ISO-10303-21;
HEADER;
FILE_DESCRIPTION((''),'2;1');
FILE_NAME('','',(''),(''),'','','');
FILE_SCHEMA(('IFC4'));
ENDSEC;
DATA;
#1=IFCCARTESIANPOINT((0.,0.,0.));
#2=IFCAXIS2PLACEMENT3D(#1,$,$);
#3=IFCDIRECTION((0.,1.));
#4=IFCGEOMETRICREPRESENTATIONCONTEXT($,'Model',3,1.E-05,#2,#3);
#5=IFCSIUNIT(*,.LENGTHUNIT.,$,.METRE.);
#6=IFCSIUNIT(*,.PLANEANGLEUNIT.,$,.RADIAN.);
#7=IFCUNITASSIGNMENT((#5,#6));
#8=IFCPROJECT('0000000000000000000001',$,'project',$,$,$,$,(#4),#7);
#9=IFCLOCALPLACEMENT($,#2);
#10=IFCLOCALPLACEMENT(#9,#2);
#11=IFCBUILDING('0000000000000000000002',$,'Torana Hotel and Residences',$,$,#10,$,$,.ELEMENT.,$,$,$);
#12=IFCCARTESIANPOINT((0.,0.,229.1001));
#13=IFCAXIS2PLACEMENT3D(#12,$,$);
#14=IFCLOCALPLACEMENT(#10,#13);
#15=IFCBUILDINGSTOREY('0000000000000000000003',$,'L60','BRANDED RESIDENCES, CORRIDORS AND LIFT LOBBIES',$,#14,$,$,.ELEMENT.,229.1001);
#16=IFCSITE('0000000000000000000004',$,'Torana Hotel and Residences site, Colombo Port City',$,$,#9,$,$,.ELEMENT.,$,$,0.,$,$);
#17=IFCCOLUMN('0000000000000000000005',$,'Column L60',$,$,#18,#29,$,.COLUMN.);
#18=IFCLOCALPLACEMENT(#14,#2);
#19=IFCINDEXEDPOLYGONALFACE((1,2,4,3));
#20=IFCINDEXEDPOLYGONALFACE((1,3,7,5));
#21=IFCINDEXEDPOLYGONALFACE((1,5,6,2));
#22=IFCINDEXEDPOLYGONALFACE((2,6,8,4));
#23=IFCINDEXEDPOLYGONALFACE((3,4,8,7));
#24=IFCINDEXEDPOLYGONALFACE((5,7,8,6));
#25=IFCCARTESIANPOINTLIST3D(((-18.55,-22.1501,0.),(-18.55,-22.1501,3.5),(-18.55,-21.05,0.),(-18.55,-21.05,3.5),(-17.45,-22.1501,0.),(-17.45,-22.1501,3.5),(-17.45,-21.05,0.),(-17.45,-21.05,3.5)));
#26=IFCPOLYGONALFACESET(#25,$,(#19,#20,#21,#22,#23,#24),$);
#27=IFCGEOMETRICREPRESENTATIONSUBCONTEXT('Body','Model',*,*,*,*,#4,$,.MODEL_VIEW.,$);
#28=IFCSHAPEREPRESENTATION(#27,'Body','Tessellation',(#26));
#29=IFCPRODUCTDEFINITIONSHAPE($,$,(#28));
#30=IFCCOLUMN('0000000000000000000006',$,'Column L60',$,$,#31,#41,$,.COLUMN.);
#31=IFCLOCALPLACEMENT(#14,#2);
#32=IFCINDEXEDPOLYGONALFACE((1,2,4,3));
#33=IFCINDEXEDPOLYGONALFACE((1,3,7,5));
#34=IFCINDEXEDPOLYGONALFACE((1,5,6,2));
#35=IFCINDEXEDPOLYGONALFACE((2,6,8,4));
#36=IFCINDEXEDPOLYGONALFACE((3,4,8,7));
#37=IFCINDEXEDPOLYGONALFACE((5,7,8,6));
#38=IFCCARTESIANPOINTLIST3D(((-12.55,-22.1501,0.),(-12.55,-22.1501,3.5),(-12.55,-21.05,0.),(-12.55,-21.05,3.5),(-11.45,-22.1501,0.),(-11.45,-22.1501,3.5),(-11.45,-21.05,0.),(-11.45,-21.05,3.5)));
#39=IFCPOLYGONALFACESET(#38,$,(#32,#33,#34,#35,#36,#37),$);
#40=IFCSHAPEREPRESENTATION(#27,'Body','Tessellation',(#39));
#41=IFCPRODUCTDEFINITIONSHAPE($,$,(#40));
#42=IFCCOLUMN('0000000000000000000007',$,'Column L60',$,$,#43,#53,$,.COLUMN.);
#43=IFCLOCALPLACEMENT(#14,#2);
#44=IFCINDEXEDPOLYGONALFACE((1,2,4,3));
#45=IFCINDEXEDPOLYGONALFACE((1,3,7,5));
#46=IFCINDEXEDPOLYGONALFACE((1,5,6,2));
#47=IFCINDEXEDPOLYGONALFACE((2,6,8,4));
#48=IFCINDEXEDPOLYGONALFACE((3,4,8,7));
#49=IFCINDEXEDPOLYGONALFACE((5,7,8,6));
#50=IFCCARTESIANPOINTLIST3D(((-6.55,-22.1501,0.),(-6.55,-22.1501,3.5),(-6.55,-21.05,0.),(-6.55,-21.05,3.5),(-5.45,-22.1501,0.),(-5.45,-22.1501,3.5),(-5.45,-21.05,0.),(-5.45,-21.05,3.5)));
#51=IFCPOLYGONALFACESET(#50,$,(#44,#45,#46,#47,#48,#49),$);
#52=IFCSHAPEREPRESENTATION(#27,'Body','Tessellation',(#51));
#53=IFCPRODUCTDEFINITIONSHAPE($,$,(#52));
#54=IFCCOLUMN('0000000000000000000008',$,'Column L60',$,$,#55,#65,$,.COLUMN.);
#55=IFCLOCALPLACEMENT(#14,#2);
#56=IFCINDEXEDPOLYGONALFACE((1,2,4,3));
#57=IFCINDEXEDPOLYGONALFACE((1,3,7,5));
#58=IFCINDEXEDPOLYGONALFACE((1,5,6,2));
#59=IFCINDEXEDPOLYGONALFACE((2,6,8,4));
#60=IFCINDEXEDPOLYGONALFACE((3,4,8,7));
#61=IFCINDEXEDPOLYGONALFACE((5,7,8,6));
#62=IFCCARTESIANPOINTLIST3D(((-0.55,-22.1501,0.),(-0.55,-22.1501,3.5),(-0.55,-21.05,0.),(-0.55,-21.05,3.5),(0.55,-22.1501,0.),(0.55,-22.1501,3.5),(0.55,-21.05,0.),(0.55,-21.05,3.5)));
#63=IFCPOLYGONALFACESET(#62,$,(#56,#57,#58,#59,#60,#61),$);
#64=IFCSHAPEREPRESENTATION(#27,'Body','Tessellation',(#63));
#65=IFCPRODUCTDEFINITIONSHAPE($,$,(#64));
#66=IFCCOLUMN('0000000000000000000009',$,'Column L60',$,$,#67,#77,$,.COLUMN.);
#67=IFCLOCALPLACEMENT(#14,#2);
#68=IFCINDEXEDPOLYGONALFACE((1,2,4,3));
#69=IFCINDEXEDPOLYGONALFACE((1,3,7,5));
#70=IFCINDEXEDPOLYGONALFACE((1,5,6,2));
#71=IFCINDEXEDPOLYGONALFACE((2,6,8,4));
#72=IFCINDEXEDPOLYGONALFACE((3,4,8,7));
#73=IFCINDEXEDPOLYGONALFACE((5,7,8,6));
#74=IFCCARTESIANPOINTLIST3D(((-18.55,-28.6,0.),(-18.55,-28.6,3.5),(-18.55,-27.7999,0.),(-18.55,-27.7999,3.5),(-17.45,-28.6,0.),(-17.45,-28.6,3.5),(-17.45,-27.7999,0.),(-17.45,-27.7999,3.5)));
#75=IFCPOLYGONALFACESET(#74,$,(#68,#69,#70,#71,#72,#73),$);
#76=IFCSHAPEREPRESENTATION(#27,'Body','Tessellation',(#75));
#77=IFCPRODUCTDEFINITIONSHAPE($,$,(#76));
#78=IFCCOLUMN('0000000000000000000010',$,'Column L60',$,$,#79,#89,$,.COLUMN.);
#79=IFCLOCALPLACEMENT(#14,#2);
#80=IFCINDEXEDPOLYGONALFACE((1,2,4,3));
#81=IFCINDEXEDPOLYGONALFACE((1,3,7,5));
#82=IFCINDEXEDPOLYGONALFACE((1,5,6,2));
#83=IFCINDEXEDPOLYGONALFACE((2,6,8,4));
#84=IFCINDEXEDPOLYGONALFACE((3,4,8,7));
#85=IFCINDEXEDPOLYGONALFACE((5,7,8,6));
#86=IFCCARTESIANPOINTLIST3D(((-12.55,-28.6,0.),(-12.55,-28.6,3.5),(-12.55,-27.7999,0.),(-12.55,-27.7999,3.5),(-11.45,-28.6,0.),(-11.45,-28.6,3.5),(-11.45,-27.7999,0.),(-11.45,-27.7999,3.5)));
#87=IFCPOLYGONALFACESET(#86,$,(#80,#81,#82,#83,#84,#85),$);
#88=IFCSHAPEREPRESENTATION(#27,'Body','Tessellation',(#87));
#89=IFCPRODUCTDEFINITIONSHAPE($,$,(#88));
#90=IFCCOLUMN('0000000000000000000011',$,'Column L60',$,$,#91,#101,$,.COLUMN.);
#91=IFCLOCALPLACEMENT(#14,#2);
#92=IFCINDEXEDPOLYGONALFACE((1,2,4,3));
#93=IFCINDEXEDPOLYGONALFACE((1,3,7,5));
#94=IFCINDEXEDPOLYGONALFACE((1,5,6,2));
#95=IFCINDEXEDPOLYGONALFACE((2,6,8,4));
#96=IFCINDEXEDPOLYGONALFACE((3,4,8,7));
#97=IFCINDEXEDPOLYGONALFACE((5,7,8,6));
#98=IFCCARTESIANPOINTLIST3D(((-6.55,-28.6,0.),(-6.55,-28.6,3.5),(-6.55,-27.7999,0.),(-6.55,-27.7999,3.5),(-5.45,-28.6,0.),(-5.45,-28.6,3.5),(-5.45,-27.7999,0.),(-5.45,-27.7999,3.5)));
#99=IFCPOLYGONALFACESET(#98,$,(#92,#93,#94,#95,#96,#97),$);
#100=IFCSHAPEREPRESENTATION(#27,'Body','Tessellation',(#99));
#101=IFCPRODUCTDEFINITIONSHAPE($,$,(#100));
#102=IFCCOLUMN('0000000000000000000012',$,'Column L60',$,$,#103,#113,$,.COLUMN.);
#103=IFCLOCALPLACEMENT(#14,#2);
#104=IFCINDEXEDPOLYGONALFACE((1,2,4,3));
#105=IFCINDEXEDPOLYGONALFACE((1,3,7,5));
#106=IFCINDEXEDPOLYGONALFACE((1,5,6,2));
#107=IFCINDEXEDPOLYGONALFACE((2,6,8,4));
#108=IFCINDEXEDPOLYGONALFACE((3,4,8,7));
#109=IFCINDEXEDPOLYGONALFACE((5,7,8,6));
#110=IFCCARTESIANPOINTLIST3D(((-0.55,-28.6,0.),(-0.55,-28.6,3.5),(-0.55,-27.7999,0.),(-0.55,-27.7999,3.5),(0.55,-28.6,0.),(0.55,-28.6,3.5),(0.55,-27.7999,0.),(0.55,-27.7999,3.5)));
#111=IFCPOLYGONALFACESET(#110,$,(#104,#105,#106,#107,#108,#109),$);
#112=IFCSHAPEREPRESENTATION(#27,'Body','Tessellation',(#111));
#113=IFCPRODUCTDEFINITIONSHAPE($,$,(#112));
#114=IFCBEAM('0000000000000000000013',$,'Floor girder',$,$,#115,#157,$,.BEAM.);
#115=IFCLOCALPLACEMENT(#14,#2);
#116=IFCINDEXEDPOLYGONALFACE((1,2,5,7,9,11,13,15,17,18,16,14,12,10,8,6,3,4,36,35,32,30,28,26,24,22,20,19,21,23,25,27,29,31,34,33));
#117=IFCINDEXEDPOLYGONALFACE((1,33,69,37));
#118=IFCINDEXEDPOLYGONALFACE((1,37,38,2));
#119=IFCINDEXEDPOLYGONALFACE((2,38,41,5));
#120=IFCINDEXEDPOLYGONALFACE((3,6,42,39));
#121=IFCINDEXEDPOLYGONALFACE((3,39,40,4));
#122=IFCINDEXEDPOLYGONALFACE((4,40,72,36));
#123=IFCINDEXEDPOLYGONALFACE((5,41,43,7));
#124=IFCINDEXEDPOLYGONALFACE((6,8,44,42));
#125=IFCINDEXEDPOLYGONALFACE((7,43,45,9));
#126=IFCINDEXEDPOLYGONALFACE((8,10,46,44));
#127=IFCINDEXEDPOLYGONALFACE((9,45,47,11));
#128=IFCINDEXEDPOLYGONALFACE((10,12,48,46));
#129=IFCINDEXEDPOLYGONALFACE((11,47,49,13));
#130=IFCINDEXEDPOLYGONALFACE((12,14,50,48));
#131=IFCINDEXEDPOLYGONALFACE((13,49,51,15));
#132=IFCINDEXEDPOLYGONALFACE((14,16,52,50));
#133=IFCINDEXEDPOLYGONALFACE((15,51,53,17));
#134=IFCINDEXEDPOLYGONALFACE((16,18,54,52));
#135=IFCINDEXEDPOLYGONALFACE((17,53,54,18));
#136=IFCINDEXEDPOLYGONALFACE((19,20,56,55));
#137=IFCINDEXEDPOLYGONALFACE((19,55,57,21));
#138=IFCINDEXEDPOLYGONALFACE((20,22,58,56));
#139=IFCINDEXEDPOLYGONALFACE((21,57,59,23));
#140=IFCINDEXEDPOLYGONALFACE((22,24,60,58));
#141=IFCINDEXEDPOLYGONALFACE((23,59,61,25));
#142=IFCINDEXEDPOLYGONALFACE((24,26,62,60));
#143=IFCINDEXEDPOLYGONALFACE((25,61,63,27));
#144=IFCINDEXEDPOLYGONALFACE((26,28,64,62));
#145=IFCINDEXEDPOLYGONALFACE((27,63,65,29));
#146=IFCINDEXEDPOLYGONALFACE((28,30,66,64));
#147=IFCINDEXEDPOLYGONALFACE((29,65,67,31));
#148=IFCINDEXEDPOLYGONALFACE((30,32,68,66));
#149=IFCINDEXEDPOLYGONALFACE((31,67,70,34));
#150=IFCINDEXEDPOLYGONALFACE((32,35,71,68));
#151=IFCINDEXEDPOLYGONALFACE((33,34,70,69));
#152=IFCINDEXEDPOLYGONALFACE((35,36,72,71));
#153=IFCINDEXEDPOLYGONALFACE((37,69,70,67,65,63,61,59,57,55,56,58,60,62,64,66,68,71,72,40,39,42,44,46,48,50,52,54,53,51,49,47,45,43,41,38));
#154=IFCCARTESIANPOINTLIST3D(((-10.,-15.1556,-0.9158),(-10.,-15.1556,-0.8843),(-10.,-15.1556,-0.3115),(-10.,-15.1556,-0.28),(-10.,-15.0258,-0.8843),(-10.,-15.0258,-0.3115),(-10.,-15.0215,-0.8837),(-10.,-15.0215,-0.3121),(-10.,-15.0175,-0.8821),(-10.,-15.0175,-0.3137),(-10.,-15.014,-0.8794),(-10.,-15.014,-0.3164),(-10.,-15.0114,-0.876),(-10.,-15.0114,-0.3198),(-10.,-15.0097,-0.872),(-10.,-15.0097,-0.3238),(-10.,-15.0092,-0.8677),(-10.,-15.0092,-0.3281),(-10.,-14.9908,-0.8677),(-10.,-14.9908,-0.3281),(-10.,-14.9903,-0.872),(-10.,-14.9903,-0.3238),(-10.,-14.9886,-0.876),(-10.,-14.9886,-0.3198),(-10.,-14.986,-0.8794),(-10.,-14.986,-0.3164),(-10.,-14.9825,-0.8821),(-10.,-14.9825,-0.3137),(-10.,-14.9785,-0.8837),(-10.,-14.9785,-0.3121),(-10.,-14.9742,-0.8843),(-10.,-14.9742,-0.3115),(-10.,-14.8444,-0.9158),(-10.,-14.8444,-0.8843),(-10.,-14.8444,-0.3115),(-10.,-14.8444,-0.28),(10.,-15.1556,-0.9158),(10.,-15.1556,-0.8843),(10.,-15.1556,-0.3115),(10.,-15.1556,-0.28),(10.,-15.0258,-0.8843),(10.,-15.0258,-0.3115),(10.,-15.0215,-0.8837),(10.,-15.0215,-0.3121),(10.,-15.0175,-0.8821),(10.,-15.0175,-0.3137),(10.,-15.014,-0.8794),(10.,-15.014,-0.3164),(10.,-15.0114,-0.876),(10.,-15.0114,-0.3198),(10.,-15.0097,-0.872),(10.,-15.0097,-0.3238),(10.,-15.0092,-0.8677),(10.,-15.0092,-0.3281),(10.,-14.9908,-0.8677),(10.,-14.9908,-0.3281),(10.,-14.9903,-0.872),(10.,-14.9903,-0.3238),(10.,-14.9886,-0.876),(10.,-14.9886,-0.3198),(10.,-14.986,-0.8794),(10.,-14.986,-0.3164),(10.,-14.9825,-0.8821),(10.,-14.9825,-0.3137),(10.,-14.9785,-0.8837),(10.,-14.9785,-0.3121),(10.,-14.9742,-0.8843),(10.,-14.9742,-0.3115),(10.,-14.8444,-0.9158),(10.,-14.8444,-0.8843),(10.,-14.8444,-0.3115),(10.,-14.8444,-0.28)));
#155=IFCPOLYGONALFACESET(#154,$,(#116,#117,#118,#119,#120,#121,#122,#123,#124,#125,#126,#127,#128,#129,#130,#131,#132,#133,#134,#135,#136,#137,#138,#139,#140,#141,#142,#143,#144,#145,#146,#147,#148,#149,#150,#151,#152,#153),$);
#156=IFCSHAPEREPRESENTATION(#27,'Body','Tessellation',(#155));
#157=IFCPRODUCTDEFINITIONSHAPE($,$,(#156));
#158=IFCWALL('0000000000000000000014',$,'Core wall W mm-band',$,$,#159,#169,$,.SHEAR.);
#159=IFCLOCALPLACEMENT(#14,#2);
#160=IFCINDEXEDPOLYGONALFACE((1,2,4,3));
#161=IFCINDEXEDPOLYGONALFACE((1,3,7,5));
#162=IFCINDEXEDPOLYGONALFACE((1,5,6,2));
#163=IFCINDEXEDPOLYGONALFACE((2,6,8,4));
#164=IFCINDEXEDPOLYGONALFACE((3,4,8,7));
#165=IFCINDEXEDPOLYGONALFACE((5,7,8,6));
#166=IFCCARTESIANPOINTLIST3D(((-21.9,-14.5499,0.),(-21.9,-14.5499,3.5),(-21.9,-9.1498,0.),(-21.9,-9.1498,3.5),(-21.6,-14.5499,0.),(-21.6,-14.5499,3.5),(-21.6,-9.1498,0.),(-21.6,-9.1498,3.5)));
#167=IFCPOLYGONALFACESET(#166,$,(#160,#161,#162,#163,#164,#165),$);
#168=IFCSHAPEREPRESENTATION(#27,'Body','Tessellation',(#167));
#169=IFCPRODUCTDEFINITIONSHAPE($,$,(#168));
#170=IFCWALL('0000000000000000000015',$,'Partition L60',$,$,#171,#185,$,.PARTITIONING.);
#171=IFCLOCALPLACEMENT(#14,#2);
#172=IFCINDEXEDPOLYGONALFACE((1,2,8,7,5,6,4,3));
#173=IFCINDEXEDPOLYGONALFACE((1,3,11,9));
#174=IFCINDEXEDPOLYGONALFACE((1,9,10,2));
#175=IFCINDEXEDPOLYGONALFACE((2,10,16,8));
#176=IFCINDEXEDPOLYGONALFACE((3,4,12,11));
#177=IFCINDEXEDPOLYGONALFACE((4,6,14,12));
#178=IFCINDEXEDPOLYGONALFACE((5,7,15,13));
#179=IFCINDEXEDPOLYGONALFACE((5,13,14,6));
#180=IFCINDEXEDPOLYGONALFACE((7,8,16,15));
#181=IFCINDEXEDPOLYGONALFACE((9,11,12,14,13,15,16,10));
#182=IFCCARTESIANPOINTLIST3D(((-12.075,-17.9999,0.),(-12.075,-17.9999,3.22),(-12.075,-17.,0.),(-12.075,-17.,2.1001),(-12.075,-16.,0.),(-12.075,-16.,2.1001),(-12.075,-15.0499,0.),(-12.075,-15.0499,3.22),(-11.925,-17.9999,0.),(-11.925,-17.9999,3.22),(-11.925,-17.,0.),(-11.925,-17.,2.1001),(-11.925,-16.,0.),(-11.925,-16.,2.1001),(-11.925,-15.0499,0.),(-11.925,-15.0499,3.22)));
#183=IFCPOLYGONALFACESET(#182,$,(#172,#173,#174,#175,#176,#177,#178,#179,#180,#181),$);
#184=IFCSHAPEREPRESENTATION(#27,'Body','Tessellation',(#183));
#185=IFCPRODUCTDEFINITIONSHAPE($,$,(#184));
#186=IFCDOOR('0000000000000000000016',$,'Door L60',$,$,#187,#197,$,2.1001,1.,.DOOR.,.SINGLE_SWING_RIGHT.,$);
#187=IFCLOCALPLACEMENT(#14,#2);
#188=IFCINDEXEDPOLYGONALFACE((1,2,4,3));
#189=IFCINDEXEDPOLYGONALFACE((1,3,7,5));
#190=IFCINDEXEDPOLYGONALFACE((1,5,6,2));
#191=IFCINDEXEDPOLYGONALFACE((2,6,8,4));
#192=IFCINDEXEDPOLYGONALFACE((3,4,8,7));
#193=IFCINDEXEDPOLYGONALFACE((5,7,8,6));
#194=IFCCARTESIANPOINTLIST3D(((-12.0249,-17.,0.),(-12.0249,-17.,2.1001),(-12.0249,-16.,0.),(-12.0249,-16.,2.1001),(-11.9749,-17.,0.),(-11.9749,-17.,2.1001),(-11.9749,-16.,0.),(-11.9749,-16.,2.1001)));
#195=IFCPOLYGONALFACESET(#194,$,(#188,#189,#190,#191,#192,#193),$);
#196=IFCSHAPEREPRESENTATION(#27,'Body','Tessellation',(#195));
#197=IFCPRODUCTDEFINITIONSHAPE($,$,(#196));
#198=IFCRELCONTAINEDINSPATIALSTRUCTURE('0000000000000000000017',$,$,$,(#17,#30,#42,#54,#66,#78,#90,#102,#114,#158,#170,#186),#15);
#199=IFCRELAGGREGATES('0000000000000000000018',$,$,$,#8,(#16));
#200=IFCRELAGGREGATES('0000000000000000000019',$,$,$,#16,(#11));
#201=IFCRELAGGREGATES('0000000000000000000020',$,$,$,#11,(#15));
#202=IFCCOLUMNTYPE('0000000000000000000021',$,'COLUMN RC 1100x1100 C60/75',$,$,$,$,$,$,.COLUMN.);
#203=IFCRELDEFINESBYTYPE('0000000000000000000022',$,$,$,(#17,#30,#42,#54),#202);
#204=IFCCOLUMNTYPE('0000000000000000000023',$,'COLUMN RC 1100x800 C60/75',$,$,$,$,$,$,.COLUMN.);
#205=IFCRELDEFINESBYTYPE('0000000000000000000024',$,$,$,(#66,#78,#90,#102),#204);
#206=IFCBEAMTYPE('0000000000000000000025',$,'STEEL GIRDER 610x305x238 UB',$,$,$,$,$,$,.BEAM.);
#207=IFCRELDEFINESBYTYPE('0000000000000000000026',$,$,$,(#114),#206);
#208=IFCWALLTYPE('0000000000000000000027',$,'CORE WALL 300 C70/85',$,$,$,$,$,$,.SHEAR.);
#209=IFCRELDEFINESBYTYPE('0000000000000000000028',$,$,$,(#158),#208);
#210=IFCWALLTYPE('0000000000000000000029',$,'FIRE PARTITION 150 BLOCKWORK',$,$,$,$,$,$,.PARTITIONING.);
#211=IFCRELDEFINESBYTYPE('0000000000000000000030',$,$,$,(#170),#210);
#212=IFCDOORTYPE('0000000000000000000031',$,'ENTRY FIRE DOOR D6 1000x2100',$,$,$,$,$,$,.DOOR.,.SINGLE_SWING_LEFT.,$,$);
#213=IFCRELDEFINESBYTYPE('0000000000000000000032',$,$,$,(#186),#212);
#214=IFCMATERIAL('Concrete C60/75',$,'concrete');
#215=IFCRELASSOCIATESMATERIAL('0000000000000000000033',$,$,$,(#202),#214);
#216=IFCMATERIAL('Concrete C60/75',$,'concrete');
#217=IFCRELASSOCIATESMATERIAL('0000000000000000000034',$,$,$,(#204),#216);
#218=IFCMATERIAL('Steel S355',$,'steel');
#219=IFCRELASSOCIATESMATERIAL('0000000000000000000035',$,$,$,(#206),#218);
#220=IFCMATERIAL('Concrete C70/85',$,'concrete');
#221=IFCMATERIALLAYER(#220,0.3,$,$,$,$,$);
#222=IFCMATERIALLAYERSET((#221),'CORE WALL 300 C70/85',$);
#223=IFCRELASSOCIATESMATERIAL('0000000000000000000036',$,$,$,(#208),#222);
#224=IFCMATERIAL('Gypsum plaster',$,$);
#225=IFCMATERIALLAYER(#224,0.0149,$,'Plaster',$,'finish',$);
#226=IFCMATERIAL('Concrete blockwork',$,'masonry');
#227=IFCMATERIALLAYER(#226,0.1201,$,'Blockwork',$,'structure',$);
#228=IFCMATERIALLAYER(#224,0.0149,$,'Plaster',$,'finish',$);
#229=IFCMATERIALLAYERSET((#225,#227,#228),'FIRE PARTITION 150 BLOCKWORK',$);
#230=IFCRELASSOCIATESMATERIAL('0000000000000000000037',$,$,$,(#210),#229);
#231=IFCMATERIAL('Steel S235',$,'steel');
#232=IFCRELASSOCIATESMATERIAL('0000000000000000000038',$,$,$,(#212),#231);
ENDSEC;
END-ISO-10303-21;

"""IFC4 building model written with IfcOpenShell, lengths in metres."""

from ifc_helpers import new_model, si_unit, direction, frame, frame_2d, origin, origin_2d, place, context, subcontext, project, spatial, rectangle, i_section, extrude, material, layer, layer_set, material_profile, profile_set, type_object, element, fill, save


model = new_model("IFC4")

# Units and contexts
model_context = context("Model", 3, precision=1e-05, world=origin(), true_north=direction((0.0, 1.0)))
body_context = subcontext(model_context, "Body", "Model", "MODEL_VIEW")
ifc_project = project(units=[si_unit("LENGTHUNIT", "METRE"), si_unit("PLANEANGLEUNIT", "RADIAN")], contexts=[model_context])

# Site, building, storey
site_placement = place(None, origin())
site = spatial("IfcSite", under=ifc_project, at=site_placement, Name="Torana Hotel and Residences site, Colombo Port City", CompositionType="ELEMENT", RefElevation=0.0)
building_placement = place(site_placement, origin())
building = spatial("IfcBuilding", under=site, at=building_placement, Name="Torana Hotel and Residences", CompositionType="ELEMENT")
storey_placement = place(building_placement, frame((0.0, 0.0, 229.1001)))
storey = spatial("IfcBuildingStorey", under=building, at=storey_placement, Name="L60", Description="BRANDED RESIDENCES, CORRIDORS AND LIFT LOBBIES", CompositionType="ELEMENT", Elevation=229.1001)

# Columns
ifc_material_1 = material(Name="Concrete C60/75", Category="concrete")
ifc_material_profile_1 = material_profile(ifc_material_1, rectangle(XDim=1.1001, YDim=1.1001, at=origin_2d()), Name="RC 1100x1100")
ifc_profile_set_1 = profile_set([ifc_material_profile_1], Name="Concrete C60/75")
column_type_1 = type_object("IfcColumnType", Name="COLUMN RC 1100x1100 C60/75", PredefinedType="COLUMN", material=ifc_profile_set_1)
for number, where, z_axis, x_axis, name in (
    (1, (-18.0, -21.6001, 0.0), (0.0, 0.0, 1.0), (1.0, 0.0, 0.0), "Column L60"),
    (2, (-12.0, -21.6001, 0.0), (0.0, 0.0, 1.0), (1.0, 0.0, 0.0), "Column L60"),
    (3, (-6.0, -21.6001, 0.0), (0.0, 0.0, 1.0), (1.0, 0.0, 0.0), "Column L60"),
    (4, (0.0, -21.6001, 0.0), (0.0, 0.0, 1.0), (1.0, 0.0, 0.0), "Column L60"),
):
    element("IfcColumn", number, at=place(storey_placement, frame(where, z_axis=z_axis, x_axis=x_axis)), inside=storey, type_object=column_type_1, Name=name, PredefinedType="COLUMN", context=body_context, shape_type="SweptSolid", body=[
        extrude(rectangle(XDim=1.1001, YDim=1.1001, at=origin_2d()), origin(), (0.0, 0.0, 1.0), 3.5),
    ])
ifc_material_2 = material(Name="Concrete C60/75", Category="concrete")
ifc_material_profile_2 = material_profile(ifc_material_2, rectangle(XDim=1.1001, YDim=0.8, at=origin_2d()), Name="RC 1100x800")
ifc_profile_set_2 = profile_set([ifc_material_profile_2], Name="Concrete C60/75")
column_type_2 = type_object("IfcColumnType", Name="COLUMN RC 1100x800 C60/75", PredefinedType="COLUMN", material=ifc_profile_set_2)
for number, where, z_axis, x_axis, name in (
    (5, (-18.0, -28.2, 0.0), (0.0, 0.0, 1.0), (1.0, 0.0, 0.0), "Column L60"),
    (6, (-12.0, -28.2, 0.0), (0.0, 0.0, 1.0), (1.0, 0.0, 0.0), "Column L60"),
    (7, (-6.0, -28.2, 0.0), (0.0, 0.0, 1.0), (1.0, 0.0, 0.0), "Column L60"),
    (8, (0.0, -28.2, 0.0), (0.0, 0.0, 1.0), (1.0, 0.0, 0.0), "Column L60"),
):
    element("IfcColumn", number, at=place(storey_placement, frame(where, z_axis=z_axis, x_axis=x_axis)), inside=storey, type_object=column_type_2, Name=name, PredefinedType="COLUMN", context=body_context, shape_type="SweptSolid", body=[
        extrude(rectangle(XDim=1.1001, YDim=0.8, at=origin_2d()), origin(), (0.0, 0.0, 1.0), 3.5),
    ])

# Beam
ifc_material_3 = material(Name="Steel S355", Category="steel")
ifc_material_profile_3 = material_profile(ifc_material_3, i_section(OverallWidth=0.3113, OverallDepth=0.6357, WebThickness=0.0183, FlangeThickness=0.0315, FilletRadius=0.0166, at=origin_2d()), Name="610x305x238 UB")
ifc_profile_set_3 = profile_set([ifc_material_profile_3], Name="Steel S355")
beam_type = type_object("IfcBeamType", Name="STEEL GIRDER 610x305x238 UB", PredefinedType="BEAM", material=ifc_profile_set_3)
beam_placement = place(storey_placement, frame((-10.0, -15.0, -0.5979), z_axis=(1.0, 0.0, 0.0), x_axis=(0.0, 1.0, 0.0)))
element("IfcBeam", 9, at=beam_placement, inside=storey, type_object=beam_type, Name="Floor girder", PredefinedType="BEAM", context=body_context, shape_type="SweptSolid", body=[
    extrude(i_section(OverallWidth=0.3113, OverallDepth=0.6357, WebThickness=0.0183, FlangeThickness=0.0315, FilletRadius=0.0166, at=origin_2d()), origin(), (0.0, 0.0, 1.0), 20.0),
])

# Wall
ifc_material_4 = material(Name="Concrete C70/85", Category="concrete")
ifc_layer_1 = layer(ifc_material_4, 0.3)
ifc_layer_set_1 = layer_set([ifc_layer_1], Name="CORE WALL 300 C70/85")
wall_type_1 = type_object("IfcWallType", Name="CORE WALL 300 C70/85", PredefinedType="SHEAR", material=ifc_layer_set_1)
wall_1_placement = place(storey_placement, frame((-21.75, -14.55, 0.0), z_axis=(0.0, 0.0, 1.0), x_axis=(0.0, 1.0, 0.0)))
element("IfcWall", 10, at=wall_1_placement, inside=storey, type_object=wall_type_1, Name="Core wall W mm-band", PredefinedType="SHEAR", context=body_context, shape_type="SweptSolid", body=[
    extrude(rectangle(XDim=5.4001, YDim=0.3, at=frame_2d((2.7002, 0.0))), origin(), (0.0, 0.0, 1.0), 3.5),
])

# Wall, opening, door
ifc_material_5 = material(Name="Gypsum plaster")
ifc_layer_2 = layer(ifc_material_5, 0.0149, Name="Plaster", Category="finish")
ifc_material_6 = material(Name="Concrete blockwork", Category="masonry")
ifc_layer_3 = layer(ifc_material_6, 0.1201, Name="Blockwork", Category="structure")
ifc_layer_4 = layer(ifc_material_5, 0.0149, Name="Plaster", Category="finish")
ifc_layer_set_2 = layer_set([ifc_layer_2, ifc_layer_3, ifc_layer_4], Name="FIRE PARTITION 150 BLOCKWORK")
wall_type_2 = type_object("IfcWallType", Name="FIRE PARTITION 150 BLOCKWORK", PredefinedType="PARTITIONING", material=ifc_layer_set_2)
wall_2_placement = place(storey_placement, frame((-12.0, -18.0, 0.0), z_axis=(0.0, 0.0, 1.0), x_axis=(0.0, 1.0, 0.0)))
wall_2 = element("IfcWall", 11, at=wall_2_placement, inside=storey, type_object=wall_type_2, Name="Partition L60", PredefinedType="PARTITIONING", context=body_context, shape_type="SweptSolid", body=[
    extrude(rectangle(XDim=2.95, YDim=0.1499, at=frame_2d((1.4751, 0.0))), origin(), (0.0, 0.0, 1.0), 3.22),
])
opening_1_placement = place(wall_2_placement, frame((1.0, 0.0, 0.0)))
opening_1 = element("IfcOpeningElement", 12, at=opening_1_placement, cuts=wall_2, PredefinedType="OPENING", context=body_context, shape_type="SweptSolid", body=[
    extrude(rectangle(XDim=1.0, YDim=2.1001, at=frame_2d((0.5, 1.05))), frame((0.0, 0.085, 0.0), z_axis=(0.0, -1.0, 0.0), x_axis=(1.0, 0.0, 0.0)), (0.0, 0.0, 1.0), 0.1699),
])
ifc_material_7 = material(Name="Steel S235", Category="steel")
door_type_1 = type_object("IfcDoorType", Name="ENTRY FIRE DOOR D6 1000x2100", OperationType="SINGLE_SWING_LEFT", PredefinedType="DOOR", material=ifc_material_7)
door_1_placement = place(opening_1_placement, origin())
door_1 = element("IfcDoor", 13, at=door_1_placement, inside=storey, type_object=door_type_1, Name="Door L60", OperationType="SINGLE_SWING_RIGHT", OverallHeight=2.1001, OverallWidth=1.0, PredefinedType="DOOR", context=body_context, shape_type="SweptSolid", body=[
    extrude(rectangle(XDim=1.0, YDim=2.1001, at=frame_2d((0.5, 1.05))), frame((0.0, 0.0249, 0.0), z_axis=(0.0, -1.0, 0.0), x_axis=(1.0, 0.0, 0.0)), (0.0, 0.0, 1.0), 0.05),
])
fill(opening_1, door_1)

save(model, "model.ifc")
